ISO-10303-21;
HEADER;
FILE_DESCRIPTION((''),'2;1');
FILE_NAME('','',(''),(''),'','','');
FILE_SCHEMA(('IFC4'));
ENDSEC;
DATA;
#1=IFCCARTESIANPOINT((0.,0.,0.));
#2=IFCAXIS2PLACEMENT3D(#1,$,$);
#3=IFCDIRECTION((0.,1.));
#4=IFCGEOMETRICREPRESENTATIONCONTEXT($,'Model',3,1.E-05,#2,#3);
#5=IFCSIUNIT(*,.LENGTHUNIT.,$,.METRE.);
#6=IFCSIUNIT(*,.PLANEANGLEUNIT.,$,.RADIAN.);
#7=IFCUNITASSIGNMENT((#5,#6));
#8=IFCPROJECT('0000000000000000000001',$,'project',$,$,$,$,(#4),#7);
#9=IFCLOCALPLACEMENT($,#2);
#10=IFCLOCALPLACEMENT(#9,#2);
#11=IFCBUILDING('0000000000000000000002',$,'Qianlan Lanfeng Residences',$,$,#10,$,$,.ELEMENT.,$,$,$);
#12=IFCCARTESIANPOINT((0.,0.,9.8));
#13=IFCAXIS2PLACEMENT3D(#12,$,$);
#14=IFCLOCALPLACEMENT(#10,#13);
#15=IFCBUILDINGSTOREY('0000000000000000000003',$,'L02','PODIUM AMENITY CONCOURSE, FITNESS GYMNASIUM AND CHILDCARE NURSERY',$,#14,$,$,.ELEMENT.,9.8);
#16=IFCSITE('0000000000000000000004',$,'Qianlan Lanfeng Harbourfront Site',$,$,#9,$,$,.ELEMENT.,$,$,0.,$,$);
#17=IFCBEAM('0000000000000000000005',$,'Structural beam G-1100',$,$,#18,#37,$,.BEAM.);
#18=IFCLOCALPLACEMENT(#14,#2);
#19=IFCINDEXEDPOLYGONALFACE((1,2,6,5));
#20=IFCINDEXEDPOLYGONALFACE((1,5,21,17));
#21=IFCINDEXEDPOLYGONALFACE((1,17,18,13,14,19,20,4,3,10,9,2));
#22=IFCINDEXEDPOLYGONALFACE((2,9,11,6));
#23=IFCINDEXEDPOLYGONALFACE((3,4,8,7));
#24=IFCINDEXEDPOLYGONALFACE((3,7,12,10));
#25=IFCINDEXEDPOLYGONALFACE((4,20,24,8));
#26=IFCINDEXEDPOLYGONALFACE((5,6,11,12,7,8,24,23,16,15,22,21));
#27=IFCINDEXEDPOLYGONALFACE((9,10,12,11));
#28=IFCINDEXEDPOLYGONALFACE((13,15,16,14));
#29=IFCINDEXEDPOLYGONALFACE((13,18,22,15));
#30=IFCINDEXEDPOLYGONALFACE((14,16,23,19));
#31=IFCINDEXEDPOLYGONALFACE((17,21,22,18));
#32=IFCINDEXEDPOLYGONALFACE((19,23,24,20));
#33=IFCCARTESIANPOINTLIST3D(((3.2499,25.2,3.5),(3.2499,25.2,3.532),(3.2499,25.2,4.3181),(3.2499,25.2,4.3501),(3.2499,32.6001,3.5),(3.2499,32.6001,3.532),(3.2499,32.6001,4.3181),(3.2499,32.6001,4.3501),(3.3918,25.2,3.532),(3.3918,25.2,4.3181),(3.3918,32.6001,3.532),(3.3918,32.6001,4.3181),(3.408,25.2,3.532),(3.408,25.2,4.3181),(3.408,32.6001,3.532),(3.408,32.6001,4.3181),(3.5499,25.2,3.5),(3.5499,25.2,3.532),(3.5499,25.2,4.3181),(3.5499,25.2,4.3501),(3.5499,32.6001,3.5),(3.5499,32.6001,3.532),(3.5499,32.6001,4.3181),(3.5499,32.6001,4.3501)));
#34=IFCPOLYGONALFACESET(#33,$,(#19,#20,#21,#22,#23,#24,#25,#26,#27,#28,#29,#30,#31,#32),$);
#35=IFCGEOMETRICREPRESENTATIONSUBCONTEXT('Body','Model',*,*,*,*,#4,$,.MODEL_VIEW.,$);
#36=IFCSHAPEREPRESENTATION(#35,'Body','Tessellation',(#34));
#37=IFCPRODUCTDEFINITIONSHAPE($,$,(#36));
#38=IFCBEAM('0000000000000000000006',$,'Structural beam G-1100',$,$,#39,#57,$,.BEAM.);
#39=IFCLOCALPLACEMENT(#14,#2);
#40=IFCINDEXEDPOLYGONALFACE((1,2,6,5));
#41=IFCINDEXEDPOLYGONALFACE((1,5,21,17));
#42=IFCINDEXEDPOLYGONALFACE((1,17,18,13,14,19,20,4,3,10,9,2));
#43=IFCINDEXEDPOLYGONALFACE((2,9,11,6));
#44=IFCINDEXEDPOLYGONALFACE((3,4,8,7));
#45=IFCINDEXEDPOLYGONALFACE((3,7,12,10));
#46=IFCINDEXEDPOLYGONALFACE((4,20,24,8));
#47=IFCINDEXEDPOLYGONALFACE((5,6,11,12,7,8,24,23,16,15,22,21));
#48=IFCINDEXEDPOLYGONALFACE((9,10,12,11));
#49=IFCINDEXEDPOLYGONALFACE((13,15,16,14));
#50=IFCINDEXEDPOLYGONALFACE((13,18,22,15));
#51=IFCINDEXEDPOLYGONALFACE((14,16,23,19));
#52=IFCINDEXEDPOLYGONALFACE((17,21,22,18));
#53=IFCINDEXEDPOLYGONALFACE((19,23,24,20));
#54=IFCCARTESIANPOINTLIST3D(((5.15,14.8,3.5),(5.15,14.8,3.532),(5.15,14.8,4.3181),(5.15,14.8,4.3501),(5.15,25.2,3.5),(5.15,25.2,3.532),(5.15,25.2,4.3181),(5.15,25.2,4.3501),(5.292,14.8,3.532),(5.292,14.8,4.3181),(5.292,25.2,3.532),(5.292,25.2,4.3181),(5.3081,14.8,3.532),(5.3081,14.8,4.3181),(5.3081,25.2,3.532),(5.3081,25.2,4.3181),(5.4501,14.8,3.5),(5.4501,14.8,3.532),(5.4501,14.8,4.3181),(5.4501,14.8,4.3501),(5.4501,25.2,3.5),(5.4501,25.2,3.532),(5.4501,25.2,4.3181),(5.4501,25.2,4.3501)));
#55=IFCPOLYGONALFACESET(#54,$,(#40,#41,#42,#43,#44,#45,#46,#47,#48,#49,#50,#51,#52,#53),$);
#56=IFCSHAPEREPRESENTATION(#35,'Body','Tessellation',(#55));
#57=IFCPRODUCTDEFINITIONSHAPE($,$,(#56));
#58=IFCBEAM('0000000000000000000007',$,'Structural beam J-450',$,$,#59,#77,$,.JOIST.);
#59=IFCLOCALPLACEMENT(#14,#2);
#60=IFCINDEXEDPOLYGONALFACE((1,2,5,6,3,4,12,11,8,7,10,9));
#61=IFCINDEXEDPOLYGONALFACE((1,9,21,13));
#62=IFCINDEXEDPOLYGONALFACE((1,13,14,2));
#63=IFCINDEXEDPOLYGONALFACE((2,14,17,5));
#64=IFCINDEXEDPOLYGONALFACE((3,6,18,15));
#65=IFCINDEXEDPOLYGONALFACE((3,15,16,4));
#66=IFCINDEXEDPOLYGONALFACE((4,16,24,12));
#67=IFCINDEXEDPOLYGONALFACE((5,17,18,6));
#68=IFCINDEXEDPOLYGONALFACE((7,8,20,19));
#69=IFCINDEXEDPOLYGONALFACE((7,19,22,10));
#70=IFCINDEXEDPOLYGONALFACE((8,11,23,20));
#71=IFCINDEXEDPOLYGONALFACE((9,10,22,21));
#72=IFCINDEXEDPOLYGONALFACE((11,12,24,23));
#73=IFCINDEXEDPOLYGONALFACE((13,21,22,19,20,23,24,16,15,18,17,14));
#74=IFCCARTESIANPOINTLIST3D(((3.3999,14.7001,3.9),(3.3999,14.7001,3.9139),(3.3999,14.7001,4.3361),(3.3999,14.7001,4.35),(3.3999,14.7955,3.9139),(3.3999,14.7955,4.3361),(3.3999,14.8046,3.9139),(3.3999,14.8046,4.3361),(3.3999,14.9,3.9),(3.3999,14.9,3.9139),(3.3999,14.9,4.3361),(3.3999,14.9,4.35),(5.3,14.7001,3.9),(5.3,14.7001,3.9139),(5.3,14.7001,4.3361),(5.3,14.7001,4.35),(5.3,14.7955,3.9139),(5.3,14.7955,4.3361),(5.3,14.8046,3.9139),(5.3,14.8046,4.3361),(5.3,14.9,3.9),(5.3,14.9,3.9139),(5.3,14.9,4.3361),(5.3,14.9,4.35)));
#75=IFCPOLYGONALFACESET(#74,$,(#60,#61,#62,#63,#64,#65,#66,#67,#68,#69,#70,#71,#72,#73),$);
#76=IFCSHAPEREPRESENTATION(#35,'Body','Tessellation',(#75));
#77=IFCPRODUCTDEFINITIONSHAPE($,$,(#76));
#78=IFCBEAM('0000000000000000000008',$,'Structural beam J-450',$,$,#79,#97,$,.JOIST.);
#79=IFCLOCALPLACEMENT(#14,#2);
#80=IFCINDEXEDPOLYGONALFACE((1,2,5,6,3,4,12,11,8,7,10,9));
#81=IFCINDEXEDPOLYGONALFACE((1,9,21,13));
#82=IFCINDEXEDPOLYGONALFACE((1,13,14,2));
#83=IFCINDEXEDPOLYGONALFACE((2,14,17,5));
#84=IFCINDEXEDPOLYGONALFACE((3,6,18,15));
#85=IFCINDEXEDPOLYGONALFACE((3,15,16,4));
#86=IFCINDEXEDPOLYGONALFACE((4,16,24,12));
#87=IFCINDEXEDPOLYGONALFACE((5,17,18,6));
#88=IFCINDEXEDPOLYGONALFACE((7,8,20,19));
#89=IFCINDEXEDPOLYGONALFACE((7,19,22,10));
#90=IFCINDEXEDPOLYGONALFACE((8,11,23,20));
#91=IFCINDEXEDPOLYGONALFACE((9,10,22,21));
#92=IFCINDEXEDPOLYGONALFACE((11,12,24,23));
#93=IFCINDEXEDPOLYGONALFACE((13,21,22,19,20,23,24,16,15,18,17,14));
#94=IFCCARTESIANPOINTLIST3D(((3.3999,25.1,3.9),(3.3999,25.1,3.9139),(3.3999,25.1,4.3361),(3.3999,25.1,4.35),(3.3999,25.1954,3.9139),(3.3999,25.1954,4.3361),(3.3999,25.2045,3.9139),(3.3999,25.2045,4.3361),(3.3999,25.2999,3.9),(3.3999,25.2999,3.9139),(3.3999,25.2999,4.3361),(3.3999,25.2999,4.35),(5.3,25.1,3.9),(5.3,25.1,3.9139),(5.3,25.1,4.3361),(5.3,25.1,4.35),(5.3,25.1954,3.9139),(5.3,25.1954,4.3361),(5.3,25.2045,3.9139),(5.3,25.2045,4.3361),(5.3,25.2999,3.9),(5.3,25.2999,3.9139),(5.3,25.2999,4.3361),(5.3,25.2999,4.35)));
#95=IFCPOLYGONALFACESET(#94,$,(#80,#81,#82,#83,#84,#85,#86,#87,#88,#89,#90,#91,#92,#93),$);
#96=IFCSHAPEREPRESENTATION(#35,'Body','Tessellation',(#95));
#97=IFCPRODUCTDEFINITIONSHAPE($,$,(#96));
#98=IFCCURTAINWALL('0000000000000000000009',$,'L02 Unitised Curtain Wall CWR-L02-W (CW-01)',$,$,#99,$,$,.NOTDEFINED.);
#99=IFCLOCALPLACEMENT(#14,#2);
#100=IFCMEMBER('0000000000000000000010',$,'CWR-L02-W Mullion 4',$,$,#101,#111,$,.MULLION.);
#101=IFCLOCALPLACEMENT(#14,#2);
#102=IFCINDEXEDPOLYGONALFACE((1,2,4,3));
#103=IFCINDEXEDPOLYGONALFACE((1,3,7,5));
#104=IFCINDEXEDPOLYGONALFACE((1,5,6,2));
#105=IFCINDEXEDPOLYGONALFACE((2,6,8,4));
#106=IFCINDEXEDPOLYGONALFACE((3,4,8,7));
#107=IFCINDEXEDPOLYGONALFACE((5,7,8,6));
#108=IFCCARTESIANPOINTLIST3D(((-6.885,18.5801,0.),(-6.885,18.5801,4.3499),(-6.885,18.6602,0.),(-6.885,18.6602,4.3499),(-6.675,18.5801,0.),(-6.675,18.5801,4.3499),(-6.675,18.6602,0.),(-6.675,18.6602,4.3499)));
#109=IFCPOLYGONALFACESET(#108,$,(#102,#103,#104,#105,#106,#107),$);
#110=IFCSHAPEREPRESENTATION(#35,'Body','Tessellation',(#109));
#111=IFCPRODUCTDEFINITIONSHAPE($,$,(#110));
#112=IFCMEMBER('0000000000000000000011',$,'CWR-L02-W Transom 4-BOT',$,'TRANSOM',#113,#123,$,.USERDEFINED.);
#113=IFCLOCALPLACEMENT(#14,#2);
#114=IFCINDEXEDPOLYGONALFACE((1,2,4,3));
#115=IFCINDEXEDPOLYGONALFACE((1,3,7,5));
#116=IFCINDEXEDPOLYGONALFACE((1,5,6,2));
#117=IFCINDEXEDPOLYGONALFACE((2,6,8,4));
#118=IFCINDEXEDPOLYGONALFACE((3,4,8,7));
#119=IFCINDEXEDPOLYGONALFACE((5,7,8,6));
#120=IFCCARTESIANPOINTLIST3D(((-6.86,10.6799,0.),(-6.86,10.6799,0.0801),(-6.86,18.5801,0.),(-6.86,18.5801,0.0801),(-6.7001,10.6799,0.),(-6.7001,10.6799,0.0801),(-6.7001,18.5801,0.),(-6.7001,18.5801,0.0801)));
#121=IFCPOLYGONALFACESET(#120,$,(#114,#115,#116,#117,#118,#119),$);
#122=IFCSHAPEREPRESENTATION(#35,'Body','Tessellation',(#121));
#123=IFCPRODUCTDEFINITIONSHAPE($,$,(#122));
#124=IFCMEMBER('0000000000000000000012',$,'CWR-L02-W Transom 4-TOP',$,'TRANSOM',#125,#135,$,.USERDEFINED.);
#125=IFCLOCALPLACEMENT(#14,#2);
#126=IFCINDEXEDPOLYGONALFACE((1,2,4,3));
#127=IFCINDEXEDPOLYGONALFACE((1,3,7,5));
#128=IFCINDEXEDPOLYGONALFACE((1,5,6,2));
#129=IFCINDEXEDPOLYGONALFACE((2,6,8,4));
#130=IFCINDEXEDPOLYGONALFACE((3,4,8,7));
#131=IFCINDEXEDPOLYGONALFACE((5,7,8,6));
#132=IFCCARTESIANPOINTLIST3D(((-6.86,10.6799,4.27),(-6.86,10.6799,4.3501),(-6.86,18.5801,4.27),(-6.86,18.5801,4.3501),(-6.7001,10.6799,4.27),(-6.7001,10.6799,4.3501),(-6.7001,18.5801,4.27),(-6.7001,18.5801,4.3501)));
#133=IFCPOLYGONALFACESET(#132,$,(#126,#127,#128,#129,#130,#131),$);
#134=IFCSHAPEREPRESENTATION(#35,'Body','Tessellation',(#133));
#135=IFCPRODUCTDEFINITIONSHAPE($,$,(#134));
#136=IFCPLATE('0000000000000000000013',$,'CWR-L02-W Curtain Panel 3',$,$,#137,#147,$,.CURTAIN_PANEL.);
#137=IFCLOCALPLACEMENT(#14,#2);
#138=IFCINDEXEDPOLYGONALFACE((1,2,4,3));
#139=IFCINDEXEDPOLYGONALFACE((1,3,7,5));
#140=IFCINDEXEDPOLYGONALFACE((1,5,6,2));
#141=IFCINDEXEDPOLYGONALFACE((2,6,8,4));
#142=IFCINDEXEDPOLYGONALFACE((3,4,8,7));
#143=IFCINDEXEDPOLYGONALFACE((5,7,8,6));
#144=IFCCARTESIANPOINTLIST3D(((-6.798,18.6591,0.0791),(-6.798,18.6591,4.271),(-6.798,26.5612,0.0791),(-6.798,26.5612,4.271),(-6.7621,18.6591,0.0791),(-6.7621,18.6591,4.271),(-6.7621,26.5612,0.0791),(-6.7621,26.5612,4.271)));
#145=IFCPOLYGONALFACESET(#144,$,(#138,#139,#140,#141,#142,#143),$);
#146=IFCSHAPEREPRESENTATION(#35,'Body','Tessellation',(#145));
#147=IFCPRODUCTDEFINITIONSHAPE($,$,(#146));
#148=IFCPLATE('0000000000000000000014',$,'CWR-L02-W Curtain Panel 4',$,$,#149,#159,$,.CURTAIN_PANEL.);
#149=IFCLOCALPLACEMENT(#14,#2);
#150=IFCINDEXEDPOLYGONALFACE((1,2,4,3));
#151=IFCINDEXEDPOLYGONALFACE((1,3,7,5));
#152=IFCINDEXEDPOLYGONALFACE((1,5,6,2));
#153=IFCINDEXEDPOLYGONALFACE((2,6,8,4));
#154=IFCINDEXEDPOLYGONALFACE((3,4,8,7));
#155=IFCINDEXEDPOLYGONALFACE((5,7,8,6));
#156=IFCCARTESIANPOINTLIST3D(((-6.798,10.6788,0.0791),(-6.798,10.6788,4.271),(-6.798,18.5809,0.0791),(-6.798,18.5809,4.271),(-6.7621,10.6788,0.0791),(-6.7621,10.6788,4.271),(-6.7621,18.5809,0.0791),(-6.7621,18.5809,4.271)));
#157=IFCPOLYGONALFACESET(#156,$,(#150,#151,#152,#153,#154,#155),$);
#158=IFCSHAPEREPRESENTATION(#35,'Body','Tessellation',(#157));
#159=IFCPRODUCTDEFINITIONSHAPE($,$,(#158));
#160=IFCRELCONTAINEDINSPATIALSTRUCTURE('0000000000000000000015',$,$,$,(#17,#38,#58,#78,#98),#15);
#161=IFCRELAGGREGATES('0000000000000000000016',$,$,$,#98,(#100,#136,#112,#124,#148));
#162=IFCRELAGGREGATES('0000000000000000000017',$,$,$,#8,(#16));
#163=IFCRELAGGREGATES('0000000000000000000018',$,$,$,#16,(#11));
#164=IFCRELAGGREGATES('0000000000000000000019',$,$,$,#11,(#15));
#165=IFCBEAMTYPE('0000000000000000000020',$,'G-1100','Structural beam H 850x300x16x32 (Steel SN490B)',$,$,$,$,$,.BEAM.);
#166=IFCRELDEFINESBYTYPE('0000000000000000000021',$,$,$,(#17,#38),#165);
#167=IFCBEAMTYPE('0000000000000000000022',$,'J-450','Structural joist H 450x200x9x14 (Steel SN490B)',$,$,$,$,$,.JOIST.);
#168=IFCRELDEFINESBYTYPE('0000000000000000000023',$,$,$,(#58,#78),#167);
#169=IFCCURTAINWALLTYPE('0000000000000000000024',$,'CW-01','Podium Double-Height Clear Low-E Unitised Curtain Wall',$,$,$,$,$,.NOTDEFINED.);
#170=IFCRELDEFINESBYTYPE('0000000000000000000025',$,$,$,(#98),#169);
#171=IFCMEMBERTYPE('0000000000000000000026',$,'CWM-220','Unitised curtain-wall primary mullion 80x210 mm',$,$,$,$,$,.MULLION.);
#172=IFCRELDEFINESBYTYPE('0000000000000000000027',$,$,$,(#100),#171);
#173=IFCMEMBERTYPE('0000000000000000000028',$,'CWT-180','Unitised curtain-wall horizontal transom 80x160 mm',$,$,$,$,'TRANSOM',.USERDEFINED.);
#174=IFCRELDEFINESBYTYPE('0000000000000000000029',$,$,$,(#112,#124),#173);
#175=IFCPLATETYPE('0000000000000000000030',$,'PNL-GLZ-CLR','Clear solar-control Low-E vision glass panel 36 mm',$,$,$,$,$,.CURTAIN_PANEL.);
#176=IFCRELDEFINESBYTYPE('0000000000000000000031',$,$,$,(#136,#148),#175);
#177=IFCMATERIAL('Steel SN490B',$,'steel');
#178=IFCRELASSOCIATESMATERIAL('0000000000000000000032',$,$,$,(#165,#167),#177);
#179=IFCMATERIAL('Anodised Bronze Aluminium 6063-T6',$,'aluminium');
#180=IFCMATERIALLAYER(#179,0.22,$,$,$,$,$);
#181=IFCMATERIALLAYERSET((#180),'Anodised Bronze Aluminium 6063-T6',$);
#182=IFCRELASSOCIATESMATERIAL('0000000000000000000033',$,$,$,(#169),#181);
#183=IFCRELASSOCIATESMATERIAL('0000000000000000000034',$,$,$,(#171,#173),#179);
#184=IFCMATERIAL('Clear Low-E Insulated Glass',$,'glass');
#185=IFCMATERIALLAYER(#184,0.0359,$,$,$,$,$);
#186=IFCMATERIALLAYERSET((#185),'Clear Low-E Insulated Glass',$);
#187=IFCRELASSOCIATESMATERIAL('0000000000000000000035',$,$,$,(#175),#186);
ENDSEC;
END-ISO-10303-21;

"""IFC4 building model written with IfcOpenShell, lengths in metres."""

from ifc_helpers import new_model, si_unit, direction, frame, origin, origin_2d, place, context, subcontext, project, spatial, rectangle, i_section, extrude, source, transform, mapped, material, layer, layer_set, material_profile, profile_set, type_object, element, aggregate, save


model = new_model("IFC4")

# Units and contexts
model_context = context("Model", 3, precision=1e-05, world=origin(), true_north=direction((0.0, 1.0)))
body_context = subcontext(model_context, "Body", "Model", "MODEL_VIEW")
ifc_project = project(units=[si_unit("LENGTHUNIT", "METRE"), si_unit("PLANEANGLEUNIT", "RADIAN")], contexts=[model_context])

# Site, building, storey
site_placement = place(None, origin())
site = spatial("IfcSite", under=ifc_project, at=site_placement, Name="Qianlan Lanfeng Harbourfront Site", CompositionType="ELEMENT", RefElevation=0.0)
building_placement = place(site_placement, origin())
building = spatial("IfcBuilding", under=site, at=building_placement, Name="Qianlan Lanfeng Residences", CompositionType="ELEMENT")
storey_placement = place(building_placement, frame((0.0, 0.0, 9.8)))
storey = spatial("IfcBuildingStorey", under=building, at=storey_placement, Name="L02", Description="PODIUM AMENITY CONCOURSE, FITNESS GYMNASIUM AND CHILDCARE NURSERY", CompositionType="ELEMENT", Elevation=9.8)

# Beams
ifc_material_1 = material(Name="Steel SN490B", Category="steel")
ifc_material_profile_1 = material_profile(ifc_material_1, i_section(OverallWidth=0.3, OverallDepth=0.8501, WebThickness=0.0161, FlangeThickness=0.032, at=origin_2d()), Name="H 850x300x16x32")
ifc_profile_set_1 = profile_set([ifc_material_profile_1], Name="Steel SN490B")
beam_type_1 = type_object("IfcBeamType", Name="G-1100", Description="Structural beam H 850x300x16x32 (Steel SN490B)", PredefinedType="BEAM", material=ifc_profile_set_1)
beam_1_placement = place(storey_placement, frame((3.3999, 25.2, 3.925), z_axis=(0.0, 1.0, 0.0), x_axis=(-1.0, 0.0, 0.0)))
element("IfcBeam", 1, at=beam_1_placement, inside=storey, type_object=beam_type_1, Name="Structural beam G-1100", PredefinedType="BEAM", context=body_context, shape_type="SweptSolid", body=[
    extrude(i_section(OverallWidth=0.3, OverallDepth=0.8501, WebThickness=0.0161, FlangeThickness=0.032, at=origin_2d()), origin(), (0.0, 0.0, 1.0), 7.4001),
])
beam_2_placement = place(storey_placement, frame((5.3, 14.8, 3.925), z_axis=(0.0, 1.0, 0.0), x_axis=(-1.0, 0.0, 0.0)))
element("IfcBeam", 2, at=beam_2_placement, inside=storey, type_object=beam_type_1, Name="Structural beam G-1100", PredefinedType="BEAM", context=body_context, shape_type="SweptSolid", body=[
    extrude(i_section(OverallWidth=0.3, OverallDepth=0.8501, WebThickness=0.0161, FlangeThickness=0.032, at=origin_2d()), origin(), (0.0, 0.0, 1.0), 10.3999),
])
ifc_material_profile_2 = material_profile(ifc_material_1, i_section(OverallWidth=0.2, OverallDepth=0.45, WebThickness=0.009, FlangeThickness=0.0139, at=origin_2d()), Name="H 450x200x9x14")
ifc_profile_set_2 = profile_set([ifc_material_profile_2], Name="Steel SN490B")
beam_type_2 = type_object("IfcBeamType", Name="J-450", Description="Structural joist H 450x200x9x14 (Steel SN490B)", PredefinedType="JOIST", material=ifc_profile_set_2)
for number, where, z_axis, x_axis, name in (
    (3, (3.3999, 14.8, 4.125), (1.0, 0.0, 0.0), (0.0, 1.0, 0.0), "Structural beam J-450"),
    (4, (3.3999, 25.2, 4.125), (1.0, 0.0, 0.0), (0.0, 1.0, 0.0), "Structural beam J-450"),
):
    element("IfcBeam", number, at=place(storey_placement, frame(where, z_axis=z_axis, x_axis=x_axis)), inside=storey, type_object=beam_type_2, Name=name, PredefinedType="JOIST", context=body_context, shape_type="SweptSolid", body=[
        extrude(i_section(OverallWidth=0.2, OverallDepth=0.45, WebThickness=0.009, FlangeThickness=0.0139, at=origin_2d()), origin(), (0.0, 0.0, 1.0), 1.9001),
    ])

# Curtain wall, members, plates
ifc_material_2 = material(Name="Anodised Bronze Aluminium 6063-T6", Category="aluminium")
ifc_layer_1 = layer(ifc_material_2, 0.22)
ifc_layer_set_1 = layer_set([ifc_layer_1], Name="Anodised Bronze Aluminium 6063-T6")
curtain_wall_type = type_object("IfcCurtainWallType", Name="CW-01", Description="Podium Double-Height Clear Low-E Unitised Curtain Wall", PredefinedType="NOTDEFINED", material=ifc_layer_set_1)
curtain_wall_placement = place(storey_placement, origin())
curtain_wall = element("IfcCurtainWall", 5, at=curtain_wall_placement, inside=storey, type_object=curtain_wall_type, Name="L02 Unitised Curtain Wall CWR-L02-W (CW-01)", PredefinedType="NOTDEFINED")
ifc_material_profile_3 = material_profile(ifc_material_2, rectangle(XDim=0.0801, YDim=0.21, at=origin_2d()), Name="ALU MULLION 80x210")
ifc_profile_set_3 = profile_set([ifc_material_profile_3], Name="Anodised Bronze Aluminium 6063-T6")
member_type_1 = type_object("IfcMemberType", Name="CWM-220", Description="Unitised curtain-wall primary mullion 80x210 mm", PredefinedType="MULLION", material=ifc_profile_set_3)
shared_shape_1 = source(origin(), body_context, "Body", "SweptSolid", [
    extrude(rectangle(XDim=0.0801, YDim=0.21, at=origin_2d()), origin(), (0.0, 0.0, 1.0), 4.3499),
])
member_1_placement = place(storey_placement, frame((-6.78, 18.6201, 0.0), z_axis=(0.0, 0.0, 1.0), x_axis=(0.0, -1.0, 0.0)))
member_1 = element("IfcMember", 6, at=member_1_placement, type_object=member_type_1, Name="CWR-L02-W Mullion 4", PredefinedType="MULLION", context=body_context, shape_type="MappedRepresentation", body=[
    mapped(shared_shape_1, transform((0.0, 0.0, 0.0), scale=1.0)),
])
ifc_material_profile_4 = material_profile(ifc_material_2, rectangle(XDim=0.0801, YDim=0.1599, at=origin_2d()), Name="ALU TRANSOM 80x160")
ifc_profile_set_4 = profile_set([ifc_material_profile_4], Name="Anodised Bronze Aluminium 6063-T6")
member_type_2 = type_object("IfcMemberType", Name="CWT-180", Description="Unitised curtain-wall horizontal transom 80x160 mm", ElementType="TRANSOM", PredefinedType="USERDEFINED", material=ifc_profile_set_4)
shared_shape_2 = source(origin(), body_context, "Body", "SweptSolid", [
    extrude(rectangle(XDim=0.0801, YDim=0.1599, at=origin_2d()), origin(), (0.0, 0.0, 1.0), 7.9001),
])
member_2_placement = place(storey_placement, frame((-6.78, 18.5801, 0.04), z_axis=(0.0, -1.0, 0.0), x_axis=(0.0, 0.0, 1.0)))
member_2 = element("IfcMember", 7, at=member_2_placement, type_object=member_type_2, Name="CWR-L02-W Transom 4-BOT", ObjectType="TRANSOM", PredefinedType="USERDEFINED", context=body_context, shape_type="MappedRepresentation", body=[
    mapped(shared_shape_2, transform((0.0, 0.0, 0.0), scale=1.0)),
])
member_3_placement = place(storey_placement, frame((-6.78, 18.5801, 4.3101), z_axis=(0.0, -1.0, 0.0), x_axis=(0.0, 0.0, 1.0)))
member_3 = element("IfcMember", 8, at=member_3_placement, type_object=member_type_2, Name="CWR-L02-W Transom 4-TOP", ObjectType="TRANSOM", PredefinedType="USERDEFINED", context=body_context, shape_type="MappedRepresentation", body=[
    mapped(shared_shape_2, transform((0.0, 0.0, 0.0), scale=1.0)),
])
ifc_material_3 = material(Name="Clear Low-E Insulated Glass", Category="glass")
ifc_layer_2 = layer(ifc_material_3, 0.0359)
ifc_layer_set_2 = layer_set([ifc_layer_2], Name="Clear Low-E Insulated Glass")
plate_type = type_object("IfcPlateType", Name="PNL-GLZ-CLR", Description="Clear solar-control Low-E vision glass panel 36 mm", PredefinedType="CURTAIN_PANEL", material=ifc_layer_set_2)
shared_shape_3 = source(origin(), body_context, "Body", "SweptSolid", [
    extrude(rectangle(XDim=7.9021, YDim=0.0359, at=origin_2d()), origin(), (0.0, 0.0, 1.0), 4.1919),
])
plate_1_placement = place(storey_placement, frame((-6.78, 22.6101, 0.0791), z_axis=(0.0, 0.0, 1.0), x_axis=(0.0, -1.0, 0.0)))
plate_1 = element("IfcPlate", 9, at=plate_1_placement, type_object=plate_type, Name="CWR-L02-W Curtain Panel 3", PredefinedType="CURTAIN_PANEL", context=body_context, shape_type="MappedRepresentation", body=[
    mapped(shared_shape_3, transform((0.0, 0.0, 0.0), scale=1.0)),
])
plate_2_placement = place(storey_placement, frame((-6.78, 14.6299, 0.0791), z_axis=(0.0, 0.0, 1.0), x_axis=(0.0, -1.0, 0.0)))
plate_2 = element("IfcPlate", 10, at=plate_2_placement, type_object=plate_type, Name="CWR-L02-W Curtain Panel 4", PredefinedType="CURTAIN_PANEL", context=body_context, shape_type="MappedRepresentation", body=[
    mapped(shared_shape_3, transform((0.0, 0.0, 0.0), scale=1.0)),
])
aggregate(curtain_wall, [member_1, plate_1, member_2, member_3, plate_2])

save(model, "model.ifc")
